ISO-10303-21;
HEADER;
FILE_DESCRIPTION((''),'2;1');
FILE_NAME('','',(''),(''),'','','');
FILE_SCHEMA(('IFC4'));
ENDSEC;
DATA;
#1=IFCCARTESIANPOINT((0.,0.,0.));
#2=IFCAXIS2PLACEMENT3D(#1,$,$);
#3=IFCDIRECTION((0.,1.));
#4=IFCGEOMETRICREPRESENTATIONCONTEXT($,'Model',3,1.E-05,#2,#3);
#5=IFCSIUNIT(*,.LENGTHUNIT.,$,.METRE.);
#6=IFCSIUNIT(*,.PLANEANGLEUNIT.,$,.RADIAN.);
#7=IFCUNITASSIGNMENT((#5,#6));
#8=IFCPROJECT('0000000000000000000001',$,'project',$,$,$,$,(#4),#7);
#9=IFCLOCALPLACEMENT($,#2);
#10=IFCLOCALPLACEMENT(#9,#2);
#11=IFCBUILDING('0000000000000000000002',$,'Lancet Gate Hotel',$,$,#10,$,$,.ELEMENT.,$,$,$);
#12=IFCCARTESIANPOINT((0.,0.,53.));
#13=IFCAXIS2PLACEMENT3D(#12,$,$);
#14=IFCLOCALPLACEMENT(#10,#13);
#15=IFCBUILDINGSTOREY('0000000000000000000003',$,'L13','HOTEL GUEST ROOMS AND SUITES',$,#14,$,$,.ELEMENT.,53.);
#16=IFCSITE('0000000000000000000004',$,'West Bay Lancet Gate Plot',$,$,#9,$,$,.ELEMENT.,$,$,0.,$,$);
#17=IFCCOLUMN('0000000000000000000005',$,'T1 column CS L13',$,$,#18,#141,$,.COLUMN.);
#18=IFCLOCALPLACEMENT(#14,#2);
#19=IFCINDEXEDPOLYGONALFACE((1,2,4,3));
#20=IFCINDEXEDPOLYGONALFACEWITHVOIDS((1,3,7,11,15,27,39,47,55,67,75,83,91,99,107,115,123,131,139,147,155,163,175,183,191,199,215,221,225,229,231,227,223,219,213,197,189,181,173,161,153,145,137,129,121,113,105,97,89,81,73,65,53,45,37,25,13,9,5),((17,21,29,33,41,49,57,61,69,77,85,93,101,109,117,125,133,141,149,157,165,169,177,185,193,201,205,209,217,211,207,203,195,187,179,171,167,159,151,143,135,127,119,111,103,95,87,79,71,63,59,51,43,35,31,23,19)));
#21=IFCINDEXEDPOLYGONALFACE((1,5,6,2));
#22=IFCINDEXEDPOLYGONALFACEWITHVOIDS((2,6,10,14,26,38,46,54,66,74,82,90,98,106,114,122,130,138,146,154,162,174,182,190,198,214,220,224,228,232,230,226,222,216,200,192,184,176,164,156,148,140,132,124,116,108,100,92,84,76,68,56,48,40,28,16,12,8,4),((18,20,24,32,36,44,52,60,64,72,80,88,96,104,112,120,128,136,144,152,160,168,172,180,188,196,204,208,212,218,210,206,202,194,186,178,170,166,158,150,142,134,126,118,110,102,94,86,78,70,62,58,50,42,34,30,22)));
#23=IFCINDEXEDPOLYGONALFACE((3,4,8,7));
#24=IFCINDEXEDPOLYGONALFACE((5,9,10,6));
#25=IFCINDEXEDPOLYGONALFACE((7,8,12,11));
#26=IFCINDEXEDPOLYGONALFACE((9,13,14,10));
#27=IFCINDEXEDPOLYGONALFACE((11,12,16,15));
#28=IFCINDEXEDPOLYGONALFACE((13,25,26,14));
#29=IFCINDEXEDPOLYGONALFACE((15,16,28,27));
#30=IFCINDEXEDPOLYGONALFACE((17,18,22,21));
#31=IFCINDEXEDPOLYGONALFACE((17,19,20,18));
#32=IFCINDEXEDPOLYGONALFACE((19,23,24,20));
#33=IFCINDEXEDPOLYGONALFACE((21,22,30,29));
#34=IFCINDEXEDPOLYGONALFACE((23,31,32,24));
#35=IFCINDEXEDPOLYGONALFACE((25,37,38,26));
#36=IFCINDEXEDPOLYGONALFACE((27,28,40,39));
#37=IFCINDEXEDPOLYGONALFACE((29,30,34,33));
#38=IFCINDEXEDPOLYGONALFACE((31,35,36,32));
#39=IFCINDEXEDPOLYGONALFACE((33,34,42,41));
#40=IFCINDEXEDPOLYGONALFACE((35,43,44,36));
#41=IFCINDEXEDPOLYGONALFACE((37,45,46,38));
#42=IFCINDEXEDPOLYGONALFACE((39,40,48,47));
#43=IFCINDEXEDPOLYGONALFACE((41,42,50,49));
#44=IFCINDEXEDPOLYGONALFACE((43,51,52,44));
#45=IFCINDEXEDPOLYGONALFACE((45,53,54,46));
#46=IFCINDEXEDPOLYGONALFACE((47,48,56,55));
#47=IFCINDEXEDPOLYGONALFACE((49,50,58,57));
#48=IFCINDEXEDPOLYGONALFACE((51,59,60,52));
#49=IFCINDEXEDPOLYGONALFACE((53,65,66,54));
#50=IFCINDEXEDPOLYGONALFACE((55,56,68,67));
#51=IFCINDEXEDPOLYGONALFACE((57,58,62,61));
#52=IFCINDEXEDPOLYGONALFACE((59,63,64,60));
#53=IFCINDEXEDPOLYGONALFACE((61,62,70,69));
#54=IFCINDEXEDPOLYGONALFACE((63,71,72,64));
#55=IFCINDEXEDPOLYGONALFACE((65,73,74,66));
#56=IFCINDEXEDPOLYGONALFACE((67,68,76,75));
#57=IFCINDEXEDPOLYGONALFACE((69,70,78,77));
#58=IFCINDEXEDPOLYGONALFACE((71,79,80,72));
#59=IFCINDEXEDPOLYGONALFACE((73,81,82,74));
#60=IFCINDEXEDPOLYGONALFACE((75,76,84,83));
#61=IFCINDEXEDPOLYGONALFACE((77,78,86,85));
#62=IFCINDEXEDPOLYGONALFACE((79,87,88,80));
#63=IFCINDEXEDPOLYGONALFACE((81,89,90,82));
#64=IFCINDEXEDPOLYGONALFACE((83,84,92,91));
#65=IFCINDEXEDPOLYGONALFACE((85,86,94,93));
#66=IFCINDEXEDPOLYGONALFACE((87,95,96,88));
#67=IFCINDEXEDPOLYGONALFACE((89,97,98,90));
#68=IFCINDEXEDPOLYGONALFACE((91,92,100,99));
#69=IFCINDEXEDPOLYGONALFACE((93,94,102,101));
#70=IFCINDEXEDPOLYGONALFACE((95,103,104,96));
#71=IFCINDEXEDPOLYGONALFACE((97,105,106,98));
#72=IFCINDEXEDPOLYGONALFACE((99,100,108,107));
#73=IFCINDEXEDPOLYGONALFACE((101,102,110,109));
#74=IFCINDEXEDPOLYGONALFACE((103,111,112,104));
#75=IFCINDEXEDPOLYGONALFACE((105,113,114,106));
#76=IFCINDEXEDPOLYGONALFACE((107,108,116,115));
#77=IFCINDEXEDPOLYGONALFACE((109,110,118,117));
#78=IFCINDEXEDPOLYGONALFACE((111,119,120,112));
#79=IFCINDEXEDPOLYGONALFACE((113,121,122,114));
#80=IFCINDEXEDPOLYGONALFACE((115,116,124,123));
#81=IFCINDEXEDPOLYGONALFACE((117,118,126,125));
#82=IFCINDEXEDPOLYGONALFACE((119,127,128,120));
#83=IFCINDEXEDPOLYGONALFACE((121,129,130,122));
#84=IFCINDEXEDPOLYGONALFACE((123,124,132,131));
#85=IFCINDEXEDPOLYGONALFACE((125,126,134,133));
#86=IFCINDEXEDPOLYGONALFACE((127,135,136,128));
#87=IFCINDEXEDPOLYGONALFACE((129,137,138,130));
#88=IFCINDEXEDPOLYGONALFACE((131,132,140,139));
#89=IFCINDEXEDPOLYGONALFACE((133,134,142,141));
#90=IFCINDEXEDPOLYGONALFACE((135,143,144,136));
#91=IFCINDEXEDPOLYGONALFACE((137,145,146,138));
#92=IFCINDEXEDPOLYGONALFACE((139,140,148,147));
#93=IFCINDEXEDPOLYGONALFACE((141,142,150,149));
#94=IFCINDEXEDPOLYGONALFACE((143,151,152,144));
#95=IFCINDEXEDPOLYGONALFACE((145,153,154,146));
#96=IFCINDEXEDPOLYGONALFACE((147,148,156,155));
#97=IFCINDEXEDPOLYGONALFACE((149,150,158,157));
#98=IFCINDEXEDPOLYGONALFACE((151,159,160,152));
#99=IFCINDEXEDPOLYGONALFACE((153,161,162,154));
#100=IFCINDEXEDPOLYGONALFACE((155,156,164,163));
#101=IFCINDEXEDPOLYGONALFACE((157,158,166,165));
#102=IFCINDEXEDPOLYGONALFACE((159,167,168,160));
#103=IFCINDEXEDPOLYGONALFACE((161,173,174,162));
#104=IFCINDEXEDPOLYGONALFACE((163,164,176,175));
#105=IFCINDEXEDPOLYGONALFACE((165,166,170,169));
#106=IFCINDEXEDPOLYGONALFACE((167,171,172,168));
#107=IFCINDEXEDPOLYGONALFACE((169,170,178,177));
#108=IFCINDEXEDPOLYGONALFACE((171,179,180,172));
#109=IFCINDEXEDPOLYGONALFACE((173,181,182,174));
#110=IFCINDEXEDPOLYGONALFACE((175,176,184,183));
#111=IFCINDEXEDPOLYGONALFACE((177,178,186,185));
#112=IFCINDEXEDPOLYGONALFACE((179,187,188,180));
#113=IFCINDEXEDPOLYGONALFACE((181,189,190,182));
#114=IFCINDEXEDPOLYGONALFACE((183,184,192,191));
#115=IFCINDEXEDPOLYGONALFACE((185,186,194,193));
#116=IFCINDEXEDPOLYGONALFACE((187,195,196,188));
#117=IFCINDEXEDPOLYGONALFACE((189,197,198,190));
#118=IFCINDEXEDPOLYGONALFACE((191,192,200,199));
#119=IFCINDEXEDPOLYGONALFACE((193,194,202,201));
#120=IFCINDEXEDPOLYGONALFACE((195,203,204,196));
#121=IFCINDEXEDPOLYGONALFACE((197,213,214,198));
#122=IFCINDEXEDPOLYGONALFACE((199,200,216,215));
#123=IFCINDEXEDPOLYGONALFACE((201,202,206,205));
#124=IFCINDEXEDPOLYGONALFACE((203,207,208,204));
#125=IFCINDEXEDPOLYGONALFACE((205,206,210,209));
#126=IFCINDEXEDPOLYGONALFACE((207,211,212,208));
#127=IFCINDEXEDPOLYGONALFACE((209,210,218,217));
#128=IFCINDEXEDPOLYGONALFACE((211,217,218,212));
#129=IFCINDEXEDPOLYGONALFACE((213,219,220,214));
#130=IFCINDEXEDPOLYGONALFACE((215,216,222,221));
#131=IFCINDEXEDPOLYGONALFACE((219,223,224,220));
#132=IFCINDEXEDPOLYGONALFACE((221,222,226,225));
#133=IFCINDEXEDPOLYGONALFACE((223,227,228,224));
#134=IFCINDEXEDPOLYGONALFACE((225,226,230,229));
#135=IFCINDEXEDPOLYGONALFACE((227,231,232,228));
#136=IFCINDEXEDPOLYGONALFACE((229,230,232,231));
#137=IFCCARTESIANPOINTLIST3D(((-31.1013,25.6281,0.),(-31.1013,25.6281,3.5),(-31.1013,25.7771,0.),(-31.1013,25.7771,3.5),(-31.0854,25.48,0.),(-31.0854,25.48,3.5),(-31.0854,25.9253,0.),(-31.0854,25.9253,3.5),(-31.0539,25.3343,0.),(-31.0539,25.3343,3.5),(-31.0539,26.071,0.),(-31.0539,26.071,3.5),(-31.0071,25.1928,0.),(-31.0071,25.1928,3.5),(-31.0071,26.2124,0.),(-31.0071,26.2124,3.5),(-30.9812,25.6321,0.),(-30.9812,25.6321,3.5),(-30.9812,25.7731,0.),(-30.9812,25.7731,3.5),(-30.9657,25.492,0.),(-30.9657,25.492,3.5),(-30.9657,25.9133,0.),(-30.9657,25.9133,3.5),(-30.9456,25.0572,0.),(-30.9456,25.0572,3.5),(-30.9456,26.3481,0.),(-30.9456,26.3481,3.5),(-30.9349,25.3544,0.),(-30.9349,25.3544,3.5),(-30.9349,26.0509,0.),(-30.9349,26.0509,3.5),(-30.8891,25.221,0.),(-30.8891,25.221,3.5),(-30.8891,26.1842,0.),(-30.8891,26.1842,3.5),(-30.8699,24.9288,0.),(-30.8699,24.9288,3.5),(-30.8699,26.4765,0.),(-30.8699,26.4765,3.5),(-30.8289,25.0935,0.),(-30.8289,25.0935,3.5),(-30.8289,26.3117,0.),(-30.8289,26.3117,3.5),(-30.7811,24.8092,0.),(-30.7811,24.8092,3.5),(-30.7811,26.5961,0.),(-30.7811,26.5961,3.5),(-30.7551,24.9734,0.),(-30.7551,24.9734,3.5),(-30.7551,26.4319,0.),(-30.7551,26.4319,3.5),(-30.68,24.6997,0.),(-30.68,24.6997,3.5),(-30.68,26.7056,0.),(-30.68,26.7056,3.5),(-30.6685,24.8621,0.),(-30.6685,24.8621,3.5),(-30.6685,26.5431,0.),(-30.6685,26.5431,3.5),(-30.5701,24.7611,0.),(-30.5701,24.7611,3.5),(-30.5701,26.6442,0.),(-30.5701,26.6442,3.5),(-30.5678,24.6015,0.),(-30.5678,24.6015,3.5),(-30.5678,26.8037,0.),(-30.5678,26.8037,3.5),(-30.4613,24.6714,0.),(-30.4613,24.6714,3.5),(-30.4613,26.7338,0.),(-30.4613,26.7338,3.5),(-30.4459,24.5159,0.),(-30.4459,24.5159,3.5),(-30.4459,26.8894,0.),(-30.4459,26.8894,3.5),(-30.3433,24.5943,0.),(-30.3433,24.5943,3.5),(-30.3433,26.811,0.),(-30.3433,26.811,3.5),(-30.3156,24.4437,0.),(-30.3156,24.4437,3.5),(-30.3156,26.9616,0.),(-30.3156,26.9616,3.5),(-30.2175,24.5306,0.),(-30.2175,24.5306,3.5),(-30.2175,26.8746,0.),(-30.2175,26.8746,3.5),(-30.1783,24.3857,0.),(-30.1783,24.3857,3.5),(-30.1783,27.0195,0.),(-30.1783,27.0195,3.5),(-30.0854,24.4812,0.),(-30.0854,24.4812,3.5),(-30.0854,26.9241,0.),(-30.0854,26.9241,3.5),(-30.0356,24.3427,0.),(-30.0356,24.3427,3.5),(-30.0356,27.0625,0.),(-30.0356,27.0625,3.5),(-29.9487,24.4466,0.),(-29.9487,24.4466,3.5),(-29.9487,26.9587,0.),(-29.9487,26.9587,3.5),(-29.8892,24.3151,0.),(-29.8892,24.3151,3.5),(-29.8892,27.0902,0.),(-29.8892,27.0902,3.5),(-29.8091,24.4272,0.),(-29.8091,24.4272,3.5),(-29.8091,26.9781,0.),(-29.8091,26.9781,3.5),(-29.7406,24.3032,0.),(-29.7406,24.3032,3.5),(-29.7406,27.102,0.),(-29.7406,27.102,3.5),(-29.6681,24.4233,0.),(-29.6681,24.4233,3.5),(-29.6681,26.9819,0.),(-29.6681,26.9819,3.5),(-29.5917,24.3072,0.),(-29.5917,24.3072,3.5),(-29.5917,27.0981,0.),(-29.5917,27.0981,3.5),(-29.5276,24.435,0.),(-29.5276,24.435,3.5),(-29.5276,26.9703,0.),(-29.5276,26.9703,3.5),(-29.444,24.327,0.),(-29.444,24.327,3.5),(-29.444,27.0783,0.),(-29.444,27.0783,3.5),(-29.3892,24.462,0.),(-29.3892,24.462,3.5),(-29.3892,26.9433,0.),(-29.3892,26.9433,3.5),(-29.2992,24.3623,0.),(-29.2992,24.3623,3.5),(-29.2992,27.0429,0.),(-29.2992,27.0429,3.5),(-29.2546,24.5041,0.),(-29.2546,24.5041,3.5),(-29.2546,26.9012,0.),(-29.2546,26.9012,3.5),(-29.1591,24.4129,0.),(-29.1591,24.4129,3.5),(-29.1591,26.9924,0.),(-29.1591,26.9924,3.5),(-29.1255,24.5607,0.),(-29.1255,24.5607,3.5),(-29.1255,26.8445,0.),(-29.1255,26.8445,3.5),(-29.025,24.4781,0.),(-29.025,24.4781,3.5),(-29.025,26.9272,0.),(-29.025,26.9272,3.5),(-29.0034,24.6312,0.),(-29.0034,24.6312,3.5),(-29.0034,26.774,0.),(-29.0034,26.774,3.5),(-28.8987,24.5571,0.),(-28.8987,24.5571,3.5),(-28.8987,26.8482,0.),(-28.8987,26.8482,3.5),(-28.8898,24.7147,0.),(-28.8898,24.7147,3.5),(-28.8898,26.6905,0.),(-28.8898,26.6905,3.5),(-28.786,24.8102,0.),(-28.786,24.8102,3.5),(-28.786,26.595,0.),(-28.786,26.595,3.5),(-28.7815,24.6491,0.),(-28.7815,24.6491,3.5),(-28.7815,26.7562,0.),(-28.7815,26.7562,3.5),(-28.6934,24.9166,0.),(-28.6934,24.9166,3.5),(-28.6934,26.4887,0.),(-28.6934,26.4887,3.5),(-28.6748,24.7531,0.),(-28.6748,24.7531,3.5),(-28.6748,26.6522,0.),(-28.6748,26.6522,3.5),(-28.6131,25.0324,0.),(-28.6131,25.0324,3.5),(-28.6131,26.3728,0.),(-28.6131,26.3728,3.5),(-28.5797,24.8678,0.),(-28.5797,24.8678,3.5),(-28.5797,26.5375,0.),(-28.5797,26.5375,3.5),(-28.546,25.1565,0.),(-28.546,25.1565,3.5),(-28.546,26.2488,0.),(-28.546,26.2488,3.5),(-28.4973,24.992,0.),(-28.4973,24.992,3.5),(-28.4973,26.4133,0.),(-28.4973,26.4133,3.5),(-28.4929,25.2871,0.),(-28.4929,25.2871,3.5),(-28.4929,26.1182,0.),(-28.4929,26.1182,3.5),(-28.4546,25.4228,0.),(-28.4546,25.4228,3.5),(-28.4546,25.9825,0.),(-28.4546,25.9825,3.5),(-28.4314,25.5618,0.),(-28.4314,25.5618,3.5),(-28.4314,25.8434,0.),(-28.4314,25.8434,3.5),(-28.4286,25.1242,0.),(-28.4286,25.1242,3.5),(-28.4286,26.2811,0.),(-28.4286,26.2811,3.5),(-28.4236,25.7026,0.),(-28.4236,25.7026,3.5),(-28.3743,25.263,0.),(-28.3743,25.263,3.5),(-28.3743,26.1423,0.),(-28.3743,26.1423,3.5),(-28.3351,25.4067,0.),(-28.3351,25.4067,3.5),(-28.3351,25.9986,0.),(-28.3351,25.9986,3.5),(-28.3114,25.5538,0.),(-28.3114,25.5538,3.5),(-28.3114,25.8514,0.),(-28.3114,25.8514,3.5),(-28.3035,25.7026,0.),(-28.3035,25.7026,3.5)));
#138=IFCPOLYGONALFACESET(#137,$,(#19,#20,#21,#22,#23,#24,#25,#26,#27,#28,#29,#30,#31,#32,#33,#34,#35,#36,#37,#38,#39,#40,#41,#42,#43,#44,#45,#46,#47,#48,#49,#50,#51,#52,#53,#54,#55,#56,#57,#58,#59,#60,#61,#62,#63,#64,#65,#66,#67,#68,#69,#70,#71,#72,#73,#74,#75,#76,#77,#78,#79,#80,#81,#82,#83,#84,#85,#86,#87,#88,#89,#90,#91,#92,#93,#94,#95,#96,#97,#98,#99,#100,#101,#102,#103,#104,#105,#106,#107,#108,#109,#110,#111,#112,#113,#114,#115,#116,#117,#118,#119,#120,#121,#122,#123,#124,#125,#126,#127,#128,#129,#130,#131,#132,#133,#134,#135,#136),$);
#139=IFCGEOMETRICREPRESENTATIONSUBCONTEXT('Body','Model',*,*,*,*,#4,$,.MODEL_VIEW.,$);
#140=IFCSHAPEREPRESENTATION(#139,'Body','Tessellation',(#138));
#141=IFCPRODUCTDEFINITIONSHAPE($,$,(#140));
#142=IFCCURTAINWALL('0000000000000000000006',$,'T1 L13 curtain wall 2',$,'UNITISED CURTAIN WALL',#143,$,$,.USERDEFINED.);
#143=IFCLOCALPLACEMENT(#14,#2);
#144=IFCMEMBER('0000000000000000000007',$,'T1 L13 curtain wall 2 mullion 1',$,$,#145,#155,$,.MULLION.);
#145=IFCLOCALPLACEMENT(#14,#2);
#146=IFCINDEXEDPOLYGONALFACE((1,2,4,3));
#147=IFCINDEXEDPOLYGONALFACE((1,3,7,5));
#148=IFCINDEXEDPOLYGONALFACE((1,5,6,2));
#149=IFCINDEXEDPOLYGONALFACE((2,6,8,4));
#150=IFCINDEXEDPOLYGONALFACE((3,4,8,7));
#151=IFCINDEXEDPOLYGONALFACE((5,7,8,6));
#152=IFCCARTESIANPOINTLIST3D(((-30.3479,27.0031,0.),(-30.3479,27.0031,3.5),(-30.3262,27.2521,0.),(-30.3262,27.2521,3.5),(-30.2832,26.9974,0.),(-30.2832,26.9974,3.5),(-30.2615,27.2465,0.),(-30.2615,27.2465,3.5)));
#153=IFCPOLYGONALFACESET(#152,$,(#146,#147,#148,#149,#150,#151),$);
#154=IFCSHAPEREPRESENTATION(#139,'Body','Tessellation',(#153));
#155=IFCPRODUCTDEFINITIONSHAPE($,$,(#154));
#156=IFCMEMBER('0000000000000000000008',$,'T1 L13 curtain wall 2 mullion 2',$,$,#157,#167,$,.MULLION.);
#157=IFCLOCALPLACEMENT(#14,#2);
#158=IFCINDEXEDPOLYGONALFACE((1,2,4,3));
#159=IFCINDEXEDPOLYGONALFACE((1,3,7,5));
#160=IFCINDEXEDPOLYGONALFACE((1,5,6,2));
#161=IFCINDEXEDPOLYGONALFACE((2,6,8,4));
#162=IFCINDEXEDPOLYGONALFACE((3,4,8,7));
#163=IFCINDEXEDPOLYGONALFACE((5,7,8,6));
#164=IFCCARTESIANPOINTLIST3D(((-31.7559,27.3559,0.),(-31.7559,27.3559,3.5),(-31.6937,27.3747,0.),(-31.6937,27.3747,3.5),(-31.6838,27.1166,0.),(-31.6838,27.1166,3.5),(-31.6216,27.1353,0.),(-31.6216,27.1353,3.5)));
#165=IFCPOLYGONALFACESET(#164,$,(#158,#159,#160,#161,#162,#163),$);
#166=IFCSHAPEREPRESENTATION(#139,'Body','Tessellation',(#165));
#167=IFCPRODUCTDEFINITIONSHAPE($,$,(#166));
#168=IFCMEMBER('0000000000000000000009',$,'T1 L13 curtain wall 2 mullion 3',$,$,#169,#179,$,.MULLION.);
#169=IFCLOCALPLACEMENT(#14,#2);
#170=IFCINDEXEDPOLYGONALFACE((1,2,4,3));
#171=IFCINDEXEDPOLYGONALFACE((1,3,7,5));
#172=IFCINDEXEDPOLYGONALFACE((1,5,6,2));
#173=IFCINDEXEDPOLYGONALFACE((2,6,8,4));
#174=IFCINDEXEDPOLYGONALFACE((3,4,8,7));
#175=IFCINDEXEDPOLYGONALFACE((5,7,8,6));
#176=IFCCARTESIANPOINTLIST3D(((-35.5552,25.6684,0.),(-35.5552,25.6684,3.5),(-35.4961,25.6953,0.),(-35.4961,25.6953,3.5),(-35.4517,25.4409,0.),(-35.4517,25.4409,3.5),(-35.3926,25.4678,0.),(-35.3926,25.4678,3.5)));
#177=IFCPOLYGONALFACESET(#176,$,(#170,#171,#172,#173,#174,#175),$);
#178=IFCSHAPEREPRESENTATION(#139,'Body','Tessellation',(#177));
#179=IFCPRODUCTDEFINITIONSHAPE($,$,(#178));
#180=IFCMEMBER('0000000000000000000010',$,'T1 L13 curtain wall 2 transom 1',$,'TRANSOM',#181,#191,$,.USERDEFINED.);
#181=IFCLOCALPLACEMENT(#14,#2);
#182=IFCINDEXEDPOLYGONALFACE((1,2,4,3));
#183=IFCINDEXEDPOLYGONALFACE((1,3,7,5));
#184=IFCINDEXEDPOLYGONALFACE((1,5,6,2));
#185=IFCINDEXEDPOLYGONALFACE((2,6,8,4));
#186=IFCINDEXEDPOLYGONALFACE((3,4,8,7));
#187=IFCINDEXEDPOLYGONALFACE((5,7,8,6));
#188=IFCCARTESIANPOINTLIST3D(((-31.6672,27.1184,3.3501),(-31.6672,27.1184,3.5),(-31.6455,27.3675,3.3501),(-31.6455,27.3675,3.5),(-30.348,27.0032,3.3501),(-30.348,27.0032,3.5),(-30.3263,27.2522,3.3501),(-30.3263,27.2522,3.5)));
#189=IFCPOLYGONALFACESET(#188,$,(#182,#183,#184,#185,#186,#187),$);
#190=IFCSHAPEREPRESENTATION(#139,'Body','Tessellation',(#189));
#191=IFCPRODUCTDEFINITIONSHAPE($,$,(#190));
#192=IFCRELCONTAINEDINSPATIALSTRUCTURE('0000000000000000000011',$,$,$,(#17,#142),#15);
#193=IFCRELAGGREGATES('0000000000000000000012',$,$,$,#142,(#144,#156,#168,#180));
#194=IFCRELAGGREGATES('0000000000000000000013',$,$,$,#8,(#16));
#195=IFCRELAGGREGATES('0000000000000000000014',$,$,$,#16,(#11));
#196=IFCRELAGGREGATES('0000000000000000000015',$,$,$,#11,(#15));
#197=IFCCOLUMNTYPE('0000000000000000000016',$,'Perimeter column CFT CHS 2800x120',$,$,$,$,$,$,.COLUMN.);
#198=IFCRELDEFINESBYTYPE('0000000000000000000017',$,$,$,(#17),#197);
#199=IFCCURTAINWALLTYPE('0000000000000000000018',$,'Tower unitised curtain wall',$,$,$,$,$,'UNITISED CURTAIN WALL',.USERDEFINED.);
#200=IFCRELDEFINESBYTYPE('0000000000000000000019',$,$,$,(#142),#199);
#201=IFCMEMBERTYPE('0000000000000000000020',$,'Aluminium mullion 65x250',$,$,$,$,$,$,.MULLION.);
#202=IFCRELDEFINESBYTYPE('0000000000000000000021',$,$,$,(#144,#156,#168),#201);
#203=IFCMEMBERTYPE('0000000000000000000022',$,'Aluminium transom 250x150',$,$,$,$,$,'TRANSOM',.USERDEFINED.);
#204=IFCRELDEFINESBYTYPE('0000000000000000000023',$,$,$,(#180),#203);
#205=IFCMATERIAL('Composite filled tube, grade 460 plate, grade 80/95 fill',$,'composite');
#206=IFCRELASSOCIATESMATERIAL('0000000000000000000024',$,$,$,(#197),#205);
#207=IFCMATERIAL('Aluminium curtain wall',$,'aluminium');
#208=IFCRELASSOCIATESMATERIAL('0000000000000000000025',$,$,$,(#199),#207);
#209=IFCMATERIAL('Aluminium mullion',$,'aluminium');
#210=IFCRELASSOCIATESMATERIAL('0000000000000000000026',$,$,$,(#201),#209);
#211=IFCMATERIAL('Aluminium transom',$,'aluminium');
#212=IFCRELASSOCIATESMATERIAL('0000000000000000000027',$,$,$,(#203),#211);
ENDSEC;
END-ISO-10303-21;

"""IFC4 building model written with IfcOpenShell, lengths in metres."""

from ifc_helpers import new_model, si_unit, direction, frame, origin, origin_2d, place, context, subcontext, project, spatial, rectangle, hollow_circle, extrude, material, material_profile, profile_set, type_object, element, aggregate, save


model = new_model("IFC4")

# Units and contexts
model_context = context("Model", 3, precision=1e-05, world=origin(), true_north=direction((0.0, 1.0)))
body_context = subcontext(model_context, "Body", "Model", "MODEL_VIEW")
ifc_project = project(units=[si_unit("LENGTHUNIT", "METRE"), si_unit("PLANEANGLEUNIT", "RADIAN")], contexts=[model_context])

# Site, building, storey
site_placement = place(None, origin())
site = spatial("IfcSite", under=ifc_project, at=site_placement, Name="West Bay Lancet Gate Plot", CompositionType="ELEMENT", RefElevation=0.0)
building_placement = place(site_placement, origin())
building = spatial("IfcBuilding", under=site, at=building_placement, Name="Lancet Gate Hotel", CompositionType="ELEMENT")
storey_placement = place(building_placement, frame((0.0, 0.0, 53.0)))
storey = spatial("IfcBuildingStorey", under=building, at=storey_placement, Name="L13", Description="HOTEL GUEST ROOMS AND SUITES", CompositionType="ELEMENT", Elevation=53.0)

# Column
ifc_material_1 = material(Name="Composite filled tube, grade 460 plate, grade 80/95 fill", Category="composite")
ifc_material_profile_1 = material_profile(ifc_material_1, hollow_circle(Radius=1.3999, WallThickness=0.1201, at=origin_2d()), Name="CHS 2800x120")
ifc_profile_set_1 = profile_set([ifc_material_profile_1], Name="Composite filled tube, grade 460 plate, grade 80/95 fill")
column_type = type_object("IfcColumnType", Name="Perimeter column CFT CHS 2800x120", PredefinedType="COLUMN", material=ifc_profile_set_1)
column_placement = place(storey_placement, frame((-29.7034, 25.7026, 0.0), z_axis=(0.0, 0.0, 1.0), x_axis=(1.0, 0.0, 0.0)))
element("IfcColumn", 1, at=column_placement, inside=storey, type_object=column_type, Name="T1 column CS L13", PredefinedType="COLUMN", context=body_context, shape_type="SweptSolid", body=[
    extrude(hollow_circle(Radius=1.3999, WallThickness=0.1201, at=origin_2d()), origin(), (0.0, 0.0, 1.0), 3.5),
])

# Curtain wall, members
ifc_material_2 = material(Name="Aluminium curtain wall", Category="aluminium")
curtain_wall_type = type_object("IfcCurtainWallType", Name="Tower unitised curtain wall", ElementType="UNITISED CURTAIN WALL", PredefinedType="USERDEFINED", material=ifc_material_2)
curtain_wall_placement = place(storey_placement, origin())
curtain_wall = element("IfcCurtainWall", 2, at=curtain_wall_placement, inside=storey, type_object=curtain_wall_type, Name="T1 L13 curtain wall 2", ObjectType="UNITISED CURTAIN WALL", PredefinedType="USERDEFINED")
ifc_material_3 = material(Name="Aluminium mullion", Category="aluminium")
ifc_material_profile_2 = material_profile(ifc_material_3, rectangle(XDim=0.0649, YDim=0.25, at=origin_2d()), Name="MULLION 65x250")
ifc_profile_set_2 = profile_set([ifc_material_profile_2], Name="Aluminium mullion")
member_type_1 = type_object("IfcMemberType", Name="Aluminium mullion 65x250", PredefinedType="MULLION", material=ifc_profile_set_2)
member_1_placement = place(storey_placement, frame((-30.3047, 27.1248, 0.0), z_axis=(0.0, 0.0, 1.0), x_axis=(-0.996204, 0.087052, 0.0)))
member_1 = element("IfcMember", 3, at=member_1_placement, type_object=member_type_1, Name="T1 L13 curtain wall 2 mullion 1", PredefinedType="MULLION", context=body_context, shape_type="SweptSolid", body=[
    extrude(rectangle(XDim=0.0649, YDim=0.25, at=origin_2d()), origin(), (0.0, 0.0, 1.0), 3.5),
])
member_2_placement = place(storey_placement, frame((-31.6887, 27.2456, 0.0), z_axis=(0.0, 0.0, 1.0), x_axis=(-0.957524, -0.288352, 0.0)))
member_2 = element("IfcMember", 4, at=member_2_placement, type_object=member_type_1, Name="T1 L13 curtain wall 2 mullion 2", PredefinedType="MULLION", context=body_context, shape_type="SweptSolid", body=[
    extrude(rectangle(XDim=0.0649, YDim=0.25, at=origin_2d()), origin(), (0.0, 0.0, 1.0), 3.5),
])
member_3_placement = place(storey_placement, frame((-35.4739, 25.5681, 0.0), z_axis=(0.0, 0.0, 1.0), x_axis=(-0.91022, -0.414126, 0.0)))
member_3 = element("IfcMember", 5, at=member_3_placement, type_object=member_type_1, Name="T1 L13 curtain wall 2 mullion 3", PredefinedType="MULLION", context=body_context, shape_type="SweptSolid", body=[
    extrude(rectangle(XDim=0.0649, YDim=0.25, at=origin_2d()), origin(), (0.0, 0.0, 1.0), 3.5),
])
ifc_material_4 = material(Name="Aluminium transom", Category="aluminium")
ifc_material_profile_3 = material_profile(ifc_material_4, rectangle(XDim=0.25, YDim=0.1499, at=origin_2d()), Name="TRANSOM 250x150")
ifc_profile_set_3 = profile_set([ifc_material_profile_3], Name="Aluminium transom")
member_type_2 = type_object("IfcMemberType", Name="Aluminium transom 250x150", ElementType="TRANSOM", PredefinedType="USERDEFINED", material=ifc_profile_set_3)
member_4_placement = place(storey_placement, frame((-30.3372, 27.1277, 3.425), z_axis=(-0.996206, 0.087027, 0.0), x_axis=(-0.087027, -0.996206, 0.0)))
member_4 = element("IfcMember", 6, at=member_4_placement, type_object=member_type_2, Name="T1 L13 curtain wall 2 transom 1", ObjectType="TRANSOM", PredefinedType="USERDEFINED", context=body_context, shape_type="SweptSolid", body=[
    extrude(rectangle(XDim=0.25, YDim=0.1499, at=origin_2d()), origin(), (0.0, 0.0, 1.0), 1.3242),
])

aggregate(curtain_wall, [member_1, member_2, member_3, member_4])

save(model, "model.ifc")
